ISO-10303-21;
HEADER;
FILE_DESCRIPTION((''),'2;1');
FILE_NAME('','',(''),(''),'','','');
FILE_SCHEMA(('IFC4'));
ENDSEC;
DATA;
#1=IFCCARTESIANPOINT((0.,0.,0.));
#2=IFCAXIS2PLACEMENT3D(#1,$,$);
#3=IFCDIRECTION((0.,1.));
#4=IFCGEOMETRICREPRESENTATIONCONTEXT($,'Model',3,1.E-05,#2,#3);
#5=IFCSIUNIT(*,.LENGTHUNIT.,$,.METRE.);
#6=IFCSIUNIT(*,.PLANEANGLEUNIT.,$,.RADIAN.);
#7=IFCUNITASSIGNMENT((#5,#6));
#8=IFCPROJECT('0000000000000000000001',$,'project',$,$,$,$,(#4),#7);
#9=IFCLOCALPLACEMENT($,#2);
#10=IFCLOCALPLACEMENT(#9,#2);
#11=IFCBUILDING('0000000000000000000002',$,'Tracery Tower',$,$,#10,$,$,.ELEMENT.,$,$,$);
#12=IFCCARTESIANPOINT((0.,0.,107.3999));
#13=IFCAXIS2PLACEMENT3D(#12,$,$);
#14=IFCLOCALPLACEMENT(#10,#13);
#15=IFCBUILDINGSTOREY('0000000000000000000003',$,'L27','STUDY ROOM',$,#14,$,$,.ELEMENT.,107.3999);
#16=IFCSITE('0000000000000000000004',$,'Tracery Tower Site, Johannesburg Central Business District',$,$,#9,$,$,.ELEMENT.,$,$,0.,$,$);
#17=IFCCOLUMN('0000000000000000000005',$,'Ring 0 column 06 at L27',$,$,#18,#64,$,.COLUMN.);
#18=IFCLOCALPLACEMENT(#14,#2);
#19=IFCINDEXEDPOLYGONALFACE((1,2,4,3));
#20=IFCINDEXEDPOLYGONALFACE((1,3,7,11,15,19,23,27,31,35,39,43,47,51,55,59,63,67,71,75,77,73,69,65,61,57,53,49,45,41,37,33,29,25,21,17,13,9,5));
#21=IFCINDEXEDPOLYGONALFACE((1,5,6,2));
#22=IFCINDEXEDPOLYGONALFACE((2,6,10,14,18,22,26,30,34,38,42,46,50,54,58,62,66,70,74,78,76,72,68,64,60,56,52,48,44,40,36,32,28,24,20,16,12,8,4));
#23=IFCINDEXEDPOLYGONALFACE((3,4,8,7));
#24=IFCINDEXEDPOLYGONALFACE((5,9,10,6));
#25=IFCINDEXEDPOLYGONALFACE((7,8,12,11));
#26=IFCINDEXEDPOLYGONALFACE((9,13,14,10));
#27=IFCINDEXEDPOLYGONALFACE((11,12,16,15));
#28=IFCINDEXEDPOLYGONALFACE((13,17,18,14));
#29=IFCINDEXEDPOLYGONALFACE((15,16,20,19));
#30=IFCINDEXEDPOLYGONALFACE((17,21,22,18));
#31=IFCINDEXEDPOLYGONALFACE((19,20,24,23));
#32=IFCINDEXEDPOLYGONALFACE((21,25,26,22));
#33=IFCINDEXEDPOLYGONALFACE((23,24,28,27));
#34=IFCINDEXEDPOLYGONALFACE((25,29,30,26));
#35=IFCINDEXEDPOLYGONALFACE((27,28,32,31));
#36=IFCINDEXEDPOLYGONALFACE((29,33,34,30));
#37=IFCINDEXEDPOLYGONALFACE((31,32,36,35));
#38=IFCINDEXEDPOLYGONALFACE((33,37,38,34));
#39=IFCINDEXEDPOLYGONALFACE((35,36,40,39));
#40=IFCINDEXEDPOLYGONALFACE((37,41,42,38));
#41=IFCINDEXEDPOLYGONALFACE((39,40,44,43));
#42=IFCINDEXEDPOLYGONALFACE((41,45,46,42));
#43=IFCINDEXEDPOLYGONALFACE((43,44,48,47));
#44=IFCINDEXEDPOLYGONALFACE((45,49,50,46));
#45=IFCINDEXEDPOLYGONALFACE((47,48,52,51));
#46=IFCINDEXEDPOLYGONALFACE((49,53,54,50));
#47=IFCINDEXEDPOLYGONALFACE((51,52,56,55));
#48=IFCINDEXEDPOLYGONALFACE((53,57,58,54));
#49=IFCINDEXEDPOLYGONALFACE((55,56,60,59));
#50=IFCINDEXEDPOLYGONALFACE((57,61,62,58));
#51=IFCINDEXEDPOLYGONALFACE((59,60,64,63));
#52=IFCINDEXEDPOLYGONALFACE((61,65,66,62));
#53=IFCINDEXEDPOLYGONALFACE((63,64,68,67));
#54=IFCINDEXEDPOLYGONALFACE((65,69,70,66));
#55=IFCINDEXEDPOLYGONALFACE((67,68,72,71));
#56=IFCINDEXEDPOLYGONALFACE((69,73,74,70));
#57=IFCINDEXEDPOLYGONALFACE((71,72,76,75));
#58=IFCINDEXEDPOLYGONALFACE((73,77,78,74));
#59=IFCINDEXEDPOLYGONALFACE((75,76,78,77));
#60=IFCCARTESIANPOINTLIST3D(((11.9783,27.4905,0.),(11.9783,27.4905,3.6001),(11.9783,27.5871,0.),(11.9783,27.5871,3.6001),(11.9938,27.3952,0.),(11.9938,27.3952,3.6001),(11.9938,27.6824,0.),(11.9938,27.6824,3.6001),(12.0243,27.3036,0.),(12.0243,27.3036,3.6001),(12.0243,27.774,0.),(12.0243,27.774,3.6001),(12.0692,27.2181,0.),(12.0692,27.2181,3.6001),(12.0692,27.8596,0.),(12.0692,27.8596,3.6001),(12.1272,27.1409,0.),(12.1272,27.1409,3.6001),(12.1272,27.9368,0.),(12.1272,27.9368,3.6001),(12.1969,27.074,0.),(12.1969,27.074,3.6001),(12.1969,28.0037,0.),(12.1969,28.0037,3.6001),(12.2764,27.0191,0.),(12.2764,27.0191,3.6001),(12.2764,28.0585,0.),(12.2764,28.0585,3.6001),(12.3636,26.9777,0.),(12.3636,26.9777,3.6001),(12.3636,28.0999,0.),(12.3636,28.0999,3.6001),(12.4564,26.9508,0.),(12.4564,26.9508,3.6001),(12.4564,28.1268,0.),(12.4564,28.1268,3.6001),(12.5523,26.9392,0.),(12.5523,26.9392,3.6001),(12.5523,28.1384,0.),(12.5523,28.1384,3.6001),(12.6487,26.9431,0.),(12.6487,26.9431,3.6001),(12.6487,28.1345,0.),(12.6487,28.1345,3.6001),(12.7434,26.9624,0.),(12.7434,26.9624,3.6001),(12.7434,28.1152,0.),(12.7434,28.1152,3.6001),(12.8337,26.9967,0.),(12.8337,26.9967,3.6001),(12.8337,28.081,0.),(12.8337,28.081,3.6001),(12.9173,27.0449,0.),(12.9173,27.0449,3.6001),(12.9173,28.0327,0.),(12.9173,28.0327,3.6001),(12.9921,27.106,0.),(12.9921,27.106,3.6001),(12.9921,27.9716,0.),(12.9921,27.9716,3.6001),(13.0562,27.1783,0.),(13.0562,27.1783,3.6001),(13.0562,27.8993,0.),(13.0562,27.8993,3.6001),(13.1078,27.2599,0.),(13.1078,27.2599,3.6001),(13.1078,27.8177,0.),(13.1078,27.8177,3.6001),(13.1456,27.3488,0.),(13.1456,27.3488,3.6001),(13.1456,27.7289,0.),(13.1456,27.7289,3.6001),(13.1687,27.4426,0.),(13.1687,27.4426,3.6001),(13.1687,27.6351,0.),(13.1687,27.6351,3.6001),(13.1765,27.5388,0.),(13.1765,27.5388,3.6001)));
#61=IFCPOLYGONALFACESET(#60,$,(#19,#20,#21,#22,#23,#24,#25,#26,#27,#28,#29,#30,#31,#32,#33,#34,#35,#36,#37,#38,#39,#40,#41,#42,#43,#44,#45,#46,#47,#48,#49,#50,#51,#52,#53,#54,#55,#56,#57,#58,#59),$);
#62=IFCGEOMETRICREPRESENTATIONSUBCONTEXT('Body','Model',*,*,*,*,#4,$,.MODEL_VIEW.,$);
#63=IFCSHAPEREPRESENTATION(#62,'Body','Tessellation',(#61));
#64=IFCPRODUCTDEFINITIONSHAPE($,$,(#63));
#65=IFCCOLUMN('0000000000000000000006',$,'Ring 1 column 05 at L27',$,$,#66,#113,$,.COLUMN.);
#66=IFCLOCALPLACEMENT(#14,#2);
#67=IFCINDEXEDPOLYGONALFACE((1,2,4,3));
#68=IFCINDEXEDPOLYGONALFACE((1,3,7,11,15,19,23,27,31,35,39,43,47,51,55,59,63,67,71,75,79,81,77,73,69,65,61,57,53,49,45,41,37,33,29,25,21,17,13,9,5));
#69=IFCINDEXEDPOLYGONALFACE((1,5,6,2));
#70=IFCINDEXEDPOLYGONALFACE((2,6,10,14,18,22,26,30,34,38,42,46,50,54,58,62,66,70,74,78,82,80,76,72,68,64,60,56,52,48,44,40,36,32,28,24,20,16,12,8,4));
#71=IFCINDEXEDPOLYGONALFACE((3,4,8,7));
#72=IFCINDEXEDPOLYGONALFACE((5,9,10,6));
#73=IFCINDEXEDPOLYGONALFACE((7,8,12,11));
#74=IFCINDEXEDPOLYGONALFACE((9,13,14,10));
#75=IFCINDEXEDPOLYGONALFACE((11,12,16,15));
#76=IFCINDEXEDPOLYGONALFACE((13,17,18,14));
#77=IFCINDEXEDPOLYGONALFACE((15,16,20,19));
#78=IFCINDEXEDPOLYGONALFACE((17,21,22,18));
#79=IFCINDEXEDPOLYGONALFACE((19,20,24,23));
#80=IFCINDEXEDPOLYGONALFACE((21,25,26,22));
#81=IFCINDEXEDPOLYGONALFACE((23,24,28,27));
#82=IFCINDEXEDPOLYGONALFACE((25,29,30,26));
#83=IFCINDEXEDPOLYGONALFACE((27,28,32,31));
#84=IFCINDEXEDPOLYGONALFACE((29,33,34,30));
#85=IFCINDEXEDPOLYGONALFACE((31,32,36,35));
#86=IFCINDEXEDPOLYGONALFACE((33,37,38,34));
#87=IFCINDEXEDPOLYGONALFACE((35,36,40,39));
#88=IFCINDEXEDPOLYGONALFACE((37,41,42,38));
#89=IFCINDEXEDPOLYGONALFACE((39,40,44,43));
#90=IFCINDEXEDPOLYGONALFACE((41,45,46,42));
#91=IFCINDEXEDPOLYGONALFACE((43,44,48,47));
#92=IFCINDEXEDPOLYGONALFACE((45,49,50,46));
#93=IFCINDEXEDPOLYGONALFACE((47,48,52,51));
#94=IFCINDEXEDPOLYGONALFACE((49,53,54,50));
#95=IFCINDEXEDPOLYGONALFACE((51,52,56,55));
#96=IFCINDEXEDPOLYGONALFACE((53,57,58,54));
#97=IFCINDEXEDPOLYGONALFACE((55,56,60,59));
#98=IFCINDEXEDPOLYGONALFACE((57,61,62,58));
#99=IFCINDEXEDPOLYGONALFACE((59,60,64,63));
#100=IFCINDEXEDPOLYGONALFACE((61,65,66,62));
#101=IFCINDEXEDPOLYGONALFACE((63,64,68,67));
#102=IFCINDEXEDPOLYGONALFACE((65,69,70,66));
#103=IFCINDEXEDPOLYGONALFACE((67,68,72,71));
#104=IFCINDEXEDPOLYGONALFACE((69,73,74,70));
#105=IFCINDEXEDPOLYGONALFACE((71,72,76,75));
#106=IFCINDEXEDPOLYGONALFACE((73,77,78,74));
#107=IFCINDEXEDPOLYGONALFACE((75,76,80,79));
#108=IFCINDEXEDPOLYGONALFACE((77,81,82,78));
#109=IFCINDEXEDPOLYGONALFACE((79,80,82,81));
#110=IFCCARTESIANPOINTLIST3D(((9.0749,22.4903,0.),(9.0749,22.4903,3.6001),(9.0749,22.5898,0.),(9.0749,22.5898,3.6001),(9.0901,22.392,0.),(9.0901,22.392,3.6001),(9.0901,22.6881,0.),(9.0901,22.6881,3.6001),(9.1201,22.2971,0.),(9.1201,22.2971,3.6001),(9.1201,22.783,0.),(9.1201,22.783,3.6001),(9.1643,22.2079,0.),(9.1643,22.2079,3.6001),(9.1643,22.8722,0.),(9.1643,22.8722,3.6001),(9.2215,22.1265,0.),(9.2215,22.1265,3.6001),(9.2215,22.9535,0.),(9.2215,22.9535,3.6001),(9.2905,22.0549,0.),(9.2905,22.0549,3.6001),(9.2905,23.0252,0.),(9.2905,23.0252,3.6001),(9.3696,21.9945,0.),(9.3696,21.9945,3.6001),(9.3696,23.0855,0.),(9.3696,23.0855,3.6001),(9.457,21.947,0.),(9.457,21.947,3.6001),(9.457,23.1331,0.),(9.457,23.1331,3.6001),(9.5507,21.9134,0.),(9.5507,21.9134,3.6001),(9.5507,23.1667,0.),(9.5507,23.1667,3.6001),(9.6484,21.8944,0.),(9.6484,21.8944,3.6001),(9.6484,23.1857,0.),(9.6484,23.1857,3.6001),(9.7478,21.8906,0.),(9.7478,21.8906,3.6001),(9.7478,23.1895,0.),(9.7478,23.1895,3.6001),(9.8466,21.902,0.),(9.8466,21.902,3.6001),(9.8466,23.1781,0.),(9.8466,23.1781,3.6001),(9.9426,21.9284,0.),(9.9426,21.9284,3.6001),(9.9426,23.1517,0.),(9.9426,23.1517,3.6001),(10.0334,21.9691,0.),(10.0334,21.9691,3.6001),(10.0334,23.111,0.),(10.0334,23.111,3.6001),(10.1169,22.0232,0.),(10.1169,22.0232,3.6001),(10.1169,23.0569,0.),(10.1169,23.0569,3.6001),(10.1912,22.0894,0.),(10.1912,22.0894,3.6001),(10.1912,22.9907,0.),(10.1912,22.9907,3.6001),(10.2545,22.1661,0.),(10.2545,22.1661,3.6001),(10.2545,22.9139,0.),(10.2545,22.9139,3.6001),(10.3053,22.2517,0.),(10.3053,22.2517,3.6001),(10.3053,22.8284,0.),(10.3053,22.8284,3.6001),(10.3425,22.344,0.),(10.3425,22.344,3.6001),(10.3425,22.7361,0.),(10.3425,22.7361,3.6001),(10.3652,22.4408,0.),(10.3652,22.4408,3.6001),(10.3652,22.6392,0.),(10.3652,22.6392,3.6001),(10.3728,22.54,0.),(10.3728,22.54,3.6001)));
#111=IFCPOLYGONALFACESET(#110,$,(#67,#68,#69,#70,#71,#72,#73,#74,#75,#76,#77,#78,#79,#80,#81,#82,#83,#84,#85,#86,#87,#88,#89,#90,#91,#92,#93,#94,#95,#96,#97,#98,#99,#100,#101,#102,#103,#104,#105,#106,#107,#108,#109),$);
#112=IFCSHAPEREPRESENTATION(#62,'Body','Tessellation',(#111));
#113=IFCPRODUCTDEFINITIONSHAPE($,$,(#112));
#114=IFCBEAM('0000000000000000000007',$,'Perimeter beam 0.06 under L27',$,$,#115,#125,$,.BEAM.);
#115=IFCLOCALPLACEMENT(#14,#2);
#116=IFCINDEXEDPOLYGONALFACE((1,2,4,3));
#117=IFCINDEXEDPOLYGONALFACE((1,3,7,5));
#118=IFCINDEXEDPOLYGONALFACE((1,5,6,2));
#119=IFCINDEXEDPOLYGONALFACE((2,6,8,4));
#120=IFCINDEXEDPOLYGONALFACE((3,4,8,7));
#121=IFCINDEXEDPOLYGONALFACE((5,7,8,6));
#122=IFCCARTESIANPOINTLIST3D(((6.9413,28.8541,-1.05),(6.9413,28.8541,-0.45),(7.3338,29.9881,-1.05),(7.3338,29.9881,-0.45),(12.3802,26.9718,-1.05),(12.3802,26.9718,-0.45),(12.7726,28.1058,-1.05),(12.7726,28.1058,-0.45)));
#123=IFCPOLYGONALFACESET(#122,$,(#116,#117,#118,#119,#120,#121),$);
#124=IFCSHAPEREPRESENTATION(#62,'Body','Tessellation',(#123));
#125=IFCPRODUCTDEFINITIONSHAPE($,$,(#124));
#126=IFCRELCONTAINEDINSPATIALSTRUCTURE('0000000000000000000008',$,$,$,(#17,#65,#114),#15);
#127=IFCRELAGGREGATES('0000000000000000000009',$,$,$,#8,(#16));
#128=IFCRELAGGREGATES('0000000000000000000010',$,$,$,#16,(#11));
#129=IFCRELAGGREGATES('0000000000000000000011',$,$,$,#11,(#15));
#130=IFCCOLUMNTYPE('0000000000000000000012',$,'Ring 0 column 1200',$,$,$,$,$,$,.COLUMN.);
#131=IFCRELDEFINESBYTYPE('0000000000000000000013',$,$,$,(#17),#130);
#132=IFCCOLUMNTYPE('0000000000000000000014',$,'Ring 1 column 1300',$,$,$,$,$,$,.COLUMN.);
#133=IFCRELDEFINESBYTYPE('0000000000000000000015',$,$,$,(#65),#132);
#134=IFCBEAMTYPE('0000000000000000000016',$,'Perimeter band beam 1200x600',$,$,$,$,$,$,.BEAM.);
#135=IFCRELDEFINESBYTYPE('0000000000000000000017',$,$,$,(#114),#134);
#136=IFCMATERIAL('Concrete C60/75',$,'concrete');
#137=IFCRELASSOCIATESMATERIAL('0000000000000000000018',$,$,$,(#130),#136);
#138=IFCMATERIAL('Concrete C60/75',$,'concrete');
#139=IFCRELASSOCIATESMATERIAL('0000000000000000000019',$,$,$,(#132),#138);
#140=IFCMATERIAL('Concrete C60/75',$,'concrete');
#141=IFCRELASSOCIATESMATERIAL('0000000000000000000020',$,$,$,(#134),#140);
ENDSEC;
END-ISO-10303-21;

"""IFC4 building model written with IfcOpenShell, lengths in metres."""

from ifc_helpers import new_model, si_unit, direction, frame, origin, origin_2d, place, context, subcontext, project, spatial, rectangle, circle, extrude, material, material_profile, profile_set, type_object, element, save


model = new_model("IFC4")

# Units and contexts
model_context = context("Model", 3, precision=1e-05, world=origin(), true_north=direction((0.0, 1.0)))
body_context = subcontext(model_context, "Body", "Model", "MODEL_VIEW")
ifc_project = project(units=[si_unit("LENGTHUNIT", "METRE"), si_unit("PLANEANGLEUNIT", "RADIAN")], contexts=[model_context])

# Site, building, storey
site_placement = place(None, origin())
site = spatial("IfcSite", under=ifc_project, at=site_placement, Name="Tracery Tower Site, Johannesburg Central Business District", CompositionType="ELEMENT", RefElevation=0.0)
building_placement = place(site_placement, origin())
building = spatial("IfcBuilding", under=site, at=building_placement, Name="Tracery Tower", CompositionType="ELEMENT")
storey_placement = place(building_placement, frame((0.0, 0.0, 107.3999)))
storey = spatial("IfcBuildingStorey", under=building, at=storey_placement, Name="L27", Description="STUDY ROOM", CompositionType="ELEMENT", Elevation=107.3999)

# Columns
ifc_material_1 = material(Name="Concrete C60/75", Category="concrete")
ifc_material_profile_1 = material_profile(ifc_material_1, circle(Radius=0.6001, at=origin_2d()), Name="RC D1200")
ifc_profile_set_1 = profile_set([ifc_material_profile_1], Name="Concrete C60/75")
column_type_1 = type_object("IfcColumnType", Name="Ring 0 column 1200", PredefinedType="COLUMN", material=ifc_profile_set_1)
column_1_placement = place(storey_placement, frame((12.5764, 27.5388, 0.0), z_axis=(0.0, 0.0, 1.0), x_axis=(1.0, 0.0, 0.0)))
element("IfcColumn", 1, at=column_1_placement, inside=storey, type_object=column_type_1, Name="Ring 0 column 06 at L27", PredefinedType="COLUMN", context=body_context, shape_type="SweptSolid", body=[
    extrude(circle(Radius=0.6001, at=origin_2d()), origin(), (0.0, 0.0, 1.0), 3.6001),
])
ifc_material_2 = material(Name="Concrete C60/75", Category="concrete")
ifc_material_profile_2 = material_profile(ifc_material_2, circle(Radius=0.6499, at=origin_2d()), Name="RC D1300")
ifc_profile_set_2 = profile_set([ifc_material_profile_2], Name="Concrete C60/75")
column_type_2 = type_object("IfcColumnType", Name="Ring 1 column 1300", PredefinedType="COLUMN", material=ifc_profile_set_2)
column_2_placement = place(storey_placement, frame((9.7229, 22.54, 0.0), z_axis=(0.0, 0.0, 1.0), x_axis=(1.0, 0.0, 0.0)))
element("IfcColumn", 2, at=column_2_placement, inside=storey, type_object=column_type_2, Name="Ring 1 column 05 at L27", PredefinedType="COLUMN", context=body_context, shape_type="SweptSolid", body=[
    extrude(circle(Radius=0.6499, at=origin_2d()), origin(), (0.0, 0.0, 1.0), 3.6001),
])

# Beam
ifc_material_3 = material(Name="Concrete C60/75", Category="concrete")
ifc_material_profile_3 = material_profile(ifc_material_3, rectangle(XDim=1.2, YDim=0.6001, at=origin_2d()), Name="RC 1200x600")
ifc_profile_set_3 = profile_set([ifc_material_profile_3], Name="Concrete C60/75")
beam_type = type_object("IfcBeamType", Name="Perimeter band beam 1200x600", PredefinedType="BEAM", material=ifc_profile_set_3)
beam_placement = place(storey_placement, frame((12.5764, 27.5388, -0.75), z_axis=(-0.945007, 0.327049, 0.0), x_axis=(-0.327049, -0.945007, 0.0)))
element("IfcBeam", 3, at=beam_placement, inside=storey, type_object=beam_type, Name="Perimeter beam 0.06 under L27", PredefinedType="BEAM", context=body_context, shape_type="SweptSolid", body=[
    extrude(rectangle(XDim=1.2, YDim=0.6001, at=origin_2d()), origin(), (0.0, 0.0, 1.0), 5.7554),
])

save(model, "model.ifc")
